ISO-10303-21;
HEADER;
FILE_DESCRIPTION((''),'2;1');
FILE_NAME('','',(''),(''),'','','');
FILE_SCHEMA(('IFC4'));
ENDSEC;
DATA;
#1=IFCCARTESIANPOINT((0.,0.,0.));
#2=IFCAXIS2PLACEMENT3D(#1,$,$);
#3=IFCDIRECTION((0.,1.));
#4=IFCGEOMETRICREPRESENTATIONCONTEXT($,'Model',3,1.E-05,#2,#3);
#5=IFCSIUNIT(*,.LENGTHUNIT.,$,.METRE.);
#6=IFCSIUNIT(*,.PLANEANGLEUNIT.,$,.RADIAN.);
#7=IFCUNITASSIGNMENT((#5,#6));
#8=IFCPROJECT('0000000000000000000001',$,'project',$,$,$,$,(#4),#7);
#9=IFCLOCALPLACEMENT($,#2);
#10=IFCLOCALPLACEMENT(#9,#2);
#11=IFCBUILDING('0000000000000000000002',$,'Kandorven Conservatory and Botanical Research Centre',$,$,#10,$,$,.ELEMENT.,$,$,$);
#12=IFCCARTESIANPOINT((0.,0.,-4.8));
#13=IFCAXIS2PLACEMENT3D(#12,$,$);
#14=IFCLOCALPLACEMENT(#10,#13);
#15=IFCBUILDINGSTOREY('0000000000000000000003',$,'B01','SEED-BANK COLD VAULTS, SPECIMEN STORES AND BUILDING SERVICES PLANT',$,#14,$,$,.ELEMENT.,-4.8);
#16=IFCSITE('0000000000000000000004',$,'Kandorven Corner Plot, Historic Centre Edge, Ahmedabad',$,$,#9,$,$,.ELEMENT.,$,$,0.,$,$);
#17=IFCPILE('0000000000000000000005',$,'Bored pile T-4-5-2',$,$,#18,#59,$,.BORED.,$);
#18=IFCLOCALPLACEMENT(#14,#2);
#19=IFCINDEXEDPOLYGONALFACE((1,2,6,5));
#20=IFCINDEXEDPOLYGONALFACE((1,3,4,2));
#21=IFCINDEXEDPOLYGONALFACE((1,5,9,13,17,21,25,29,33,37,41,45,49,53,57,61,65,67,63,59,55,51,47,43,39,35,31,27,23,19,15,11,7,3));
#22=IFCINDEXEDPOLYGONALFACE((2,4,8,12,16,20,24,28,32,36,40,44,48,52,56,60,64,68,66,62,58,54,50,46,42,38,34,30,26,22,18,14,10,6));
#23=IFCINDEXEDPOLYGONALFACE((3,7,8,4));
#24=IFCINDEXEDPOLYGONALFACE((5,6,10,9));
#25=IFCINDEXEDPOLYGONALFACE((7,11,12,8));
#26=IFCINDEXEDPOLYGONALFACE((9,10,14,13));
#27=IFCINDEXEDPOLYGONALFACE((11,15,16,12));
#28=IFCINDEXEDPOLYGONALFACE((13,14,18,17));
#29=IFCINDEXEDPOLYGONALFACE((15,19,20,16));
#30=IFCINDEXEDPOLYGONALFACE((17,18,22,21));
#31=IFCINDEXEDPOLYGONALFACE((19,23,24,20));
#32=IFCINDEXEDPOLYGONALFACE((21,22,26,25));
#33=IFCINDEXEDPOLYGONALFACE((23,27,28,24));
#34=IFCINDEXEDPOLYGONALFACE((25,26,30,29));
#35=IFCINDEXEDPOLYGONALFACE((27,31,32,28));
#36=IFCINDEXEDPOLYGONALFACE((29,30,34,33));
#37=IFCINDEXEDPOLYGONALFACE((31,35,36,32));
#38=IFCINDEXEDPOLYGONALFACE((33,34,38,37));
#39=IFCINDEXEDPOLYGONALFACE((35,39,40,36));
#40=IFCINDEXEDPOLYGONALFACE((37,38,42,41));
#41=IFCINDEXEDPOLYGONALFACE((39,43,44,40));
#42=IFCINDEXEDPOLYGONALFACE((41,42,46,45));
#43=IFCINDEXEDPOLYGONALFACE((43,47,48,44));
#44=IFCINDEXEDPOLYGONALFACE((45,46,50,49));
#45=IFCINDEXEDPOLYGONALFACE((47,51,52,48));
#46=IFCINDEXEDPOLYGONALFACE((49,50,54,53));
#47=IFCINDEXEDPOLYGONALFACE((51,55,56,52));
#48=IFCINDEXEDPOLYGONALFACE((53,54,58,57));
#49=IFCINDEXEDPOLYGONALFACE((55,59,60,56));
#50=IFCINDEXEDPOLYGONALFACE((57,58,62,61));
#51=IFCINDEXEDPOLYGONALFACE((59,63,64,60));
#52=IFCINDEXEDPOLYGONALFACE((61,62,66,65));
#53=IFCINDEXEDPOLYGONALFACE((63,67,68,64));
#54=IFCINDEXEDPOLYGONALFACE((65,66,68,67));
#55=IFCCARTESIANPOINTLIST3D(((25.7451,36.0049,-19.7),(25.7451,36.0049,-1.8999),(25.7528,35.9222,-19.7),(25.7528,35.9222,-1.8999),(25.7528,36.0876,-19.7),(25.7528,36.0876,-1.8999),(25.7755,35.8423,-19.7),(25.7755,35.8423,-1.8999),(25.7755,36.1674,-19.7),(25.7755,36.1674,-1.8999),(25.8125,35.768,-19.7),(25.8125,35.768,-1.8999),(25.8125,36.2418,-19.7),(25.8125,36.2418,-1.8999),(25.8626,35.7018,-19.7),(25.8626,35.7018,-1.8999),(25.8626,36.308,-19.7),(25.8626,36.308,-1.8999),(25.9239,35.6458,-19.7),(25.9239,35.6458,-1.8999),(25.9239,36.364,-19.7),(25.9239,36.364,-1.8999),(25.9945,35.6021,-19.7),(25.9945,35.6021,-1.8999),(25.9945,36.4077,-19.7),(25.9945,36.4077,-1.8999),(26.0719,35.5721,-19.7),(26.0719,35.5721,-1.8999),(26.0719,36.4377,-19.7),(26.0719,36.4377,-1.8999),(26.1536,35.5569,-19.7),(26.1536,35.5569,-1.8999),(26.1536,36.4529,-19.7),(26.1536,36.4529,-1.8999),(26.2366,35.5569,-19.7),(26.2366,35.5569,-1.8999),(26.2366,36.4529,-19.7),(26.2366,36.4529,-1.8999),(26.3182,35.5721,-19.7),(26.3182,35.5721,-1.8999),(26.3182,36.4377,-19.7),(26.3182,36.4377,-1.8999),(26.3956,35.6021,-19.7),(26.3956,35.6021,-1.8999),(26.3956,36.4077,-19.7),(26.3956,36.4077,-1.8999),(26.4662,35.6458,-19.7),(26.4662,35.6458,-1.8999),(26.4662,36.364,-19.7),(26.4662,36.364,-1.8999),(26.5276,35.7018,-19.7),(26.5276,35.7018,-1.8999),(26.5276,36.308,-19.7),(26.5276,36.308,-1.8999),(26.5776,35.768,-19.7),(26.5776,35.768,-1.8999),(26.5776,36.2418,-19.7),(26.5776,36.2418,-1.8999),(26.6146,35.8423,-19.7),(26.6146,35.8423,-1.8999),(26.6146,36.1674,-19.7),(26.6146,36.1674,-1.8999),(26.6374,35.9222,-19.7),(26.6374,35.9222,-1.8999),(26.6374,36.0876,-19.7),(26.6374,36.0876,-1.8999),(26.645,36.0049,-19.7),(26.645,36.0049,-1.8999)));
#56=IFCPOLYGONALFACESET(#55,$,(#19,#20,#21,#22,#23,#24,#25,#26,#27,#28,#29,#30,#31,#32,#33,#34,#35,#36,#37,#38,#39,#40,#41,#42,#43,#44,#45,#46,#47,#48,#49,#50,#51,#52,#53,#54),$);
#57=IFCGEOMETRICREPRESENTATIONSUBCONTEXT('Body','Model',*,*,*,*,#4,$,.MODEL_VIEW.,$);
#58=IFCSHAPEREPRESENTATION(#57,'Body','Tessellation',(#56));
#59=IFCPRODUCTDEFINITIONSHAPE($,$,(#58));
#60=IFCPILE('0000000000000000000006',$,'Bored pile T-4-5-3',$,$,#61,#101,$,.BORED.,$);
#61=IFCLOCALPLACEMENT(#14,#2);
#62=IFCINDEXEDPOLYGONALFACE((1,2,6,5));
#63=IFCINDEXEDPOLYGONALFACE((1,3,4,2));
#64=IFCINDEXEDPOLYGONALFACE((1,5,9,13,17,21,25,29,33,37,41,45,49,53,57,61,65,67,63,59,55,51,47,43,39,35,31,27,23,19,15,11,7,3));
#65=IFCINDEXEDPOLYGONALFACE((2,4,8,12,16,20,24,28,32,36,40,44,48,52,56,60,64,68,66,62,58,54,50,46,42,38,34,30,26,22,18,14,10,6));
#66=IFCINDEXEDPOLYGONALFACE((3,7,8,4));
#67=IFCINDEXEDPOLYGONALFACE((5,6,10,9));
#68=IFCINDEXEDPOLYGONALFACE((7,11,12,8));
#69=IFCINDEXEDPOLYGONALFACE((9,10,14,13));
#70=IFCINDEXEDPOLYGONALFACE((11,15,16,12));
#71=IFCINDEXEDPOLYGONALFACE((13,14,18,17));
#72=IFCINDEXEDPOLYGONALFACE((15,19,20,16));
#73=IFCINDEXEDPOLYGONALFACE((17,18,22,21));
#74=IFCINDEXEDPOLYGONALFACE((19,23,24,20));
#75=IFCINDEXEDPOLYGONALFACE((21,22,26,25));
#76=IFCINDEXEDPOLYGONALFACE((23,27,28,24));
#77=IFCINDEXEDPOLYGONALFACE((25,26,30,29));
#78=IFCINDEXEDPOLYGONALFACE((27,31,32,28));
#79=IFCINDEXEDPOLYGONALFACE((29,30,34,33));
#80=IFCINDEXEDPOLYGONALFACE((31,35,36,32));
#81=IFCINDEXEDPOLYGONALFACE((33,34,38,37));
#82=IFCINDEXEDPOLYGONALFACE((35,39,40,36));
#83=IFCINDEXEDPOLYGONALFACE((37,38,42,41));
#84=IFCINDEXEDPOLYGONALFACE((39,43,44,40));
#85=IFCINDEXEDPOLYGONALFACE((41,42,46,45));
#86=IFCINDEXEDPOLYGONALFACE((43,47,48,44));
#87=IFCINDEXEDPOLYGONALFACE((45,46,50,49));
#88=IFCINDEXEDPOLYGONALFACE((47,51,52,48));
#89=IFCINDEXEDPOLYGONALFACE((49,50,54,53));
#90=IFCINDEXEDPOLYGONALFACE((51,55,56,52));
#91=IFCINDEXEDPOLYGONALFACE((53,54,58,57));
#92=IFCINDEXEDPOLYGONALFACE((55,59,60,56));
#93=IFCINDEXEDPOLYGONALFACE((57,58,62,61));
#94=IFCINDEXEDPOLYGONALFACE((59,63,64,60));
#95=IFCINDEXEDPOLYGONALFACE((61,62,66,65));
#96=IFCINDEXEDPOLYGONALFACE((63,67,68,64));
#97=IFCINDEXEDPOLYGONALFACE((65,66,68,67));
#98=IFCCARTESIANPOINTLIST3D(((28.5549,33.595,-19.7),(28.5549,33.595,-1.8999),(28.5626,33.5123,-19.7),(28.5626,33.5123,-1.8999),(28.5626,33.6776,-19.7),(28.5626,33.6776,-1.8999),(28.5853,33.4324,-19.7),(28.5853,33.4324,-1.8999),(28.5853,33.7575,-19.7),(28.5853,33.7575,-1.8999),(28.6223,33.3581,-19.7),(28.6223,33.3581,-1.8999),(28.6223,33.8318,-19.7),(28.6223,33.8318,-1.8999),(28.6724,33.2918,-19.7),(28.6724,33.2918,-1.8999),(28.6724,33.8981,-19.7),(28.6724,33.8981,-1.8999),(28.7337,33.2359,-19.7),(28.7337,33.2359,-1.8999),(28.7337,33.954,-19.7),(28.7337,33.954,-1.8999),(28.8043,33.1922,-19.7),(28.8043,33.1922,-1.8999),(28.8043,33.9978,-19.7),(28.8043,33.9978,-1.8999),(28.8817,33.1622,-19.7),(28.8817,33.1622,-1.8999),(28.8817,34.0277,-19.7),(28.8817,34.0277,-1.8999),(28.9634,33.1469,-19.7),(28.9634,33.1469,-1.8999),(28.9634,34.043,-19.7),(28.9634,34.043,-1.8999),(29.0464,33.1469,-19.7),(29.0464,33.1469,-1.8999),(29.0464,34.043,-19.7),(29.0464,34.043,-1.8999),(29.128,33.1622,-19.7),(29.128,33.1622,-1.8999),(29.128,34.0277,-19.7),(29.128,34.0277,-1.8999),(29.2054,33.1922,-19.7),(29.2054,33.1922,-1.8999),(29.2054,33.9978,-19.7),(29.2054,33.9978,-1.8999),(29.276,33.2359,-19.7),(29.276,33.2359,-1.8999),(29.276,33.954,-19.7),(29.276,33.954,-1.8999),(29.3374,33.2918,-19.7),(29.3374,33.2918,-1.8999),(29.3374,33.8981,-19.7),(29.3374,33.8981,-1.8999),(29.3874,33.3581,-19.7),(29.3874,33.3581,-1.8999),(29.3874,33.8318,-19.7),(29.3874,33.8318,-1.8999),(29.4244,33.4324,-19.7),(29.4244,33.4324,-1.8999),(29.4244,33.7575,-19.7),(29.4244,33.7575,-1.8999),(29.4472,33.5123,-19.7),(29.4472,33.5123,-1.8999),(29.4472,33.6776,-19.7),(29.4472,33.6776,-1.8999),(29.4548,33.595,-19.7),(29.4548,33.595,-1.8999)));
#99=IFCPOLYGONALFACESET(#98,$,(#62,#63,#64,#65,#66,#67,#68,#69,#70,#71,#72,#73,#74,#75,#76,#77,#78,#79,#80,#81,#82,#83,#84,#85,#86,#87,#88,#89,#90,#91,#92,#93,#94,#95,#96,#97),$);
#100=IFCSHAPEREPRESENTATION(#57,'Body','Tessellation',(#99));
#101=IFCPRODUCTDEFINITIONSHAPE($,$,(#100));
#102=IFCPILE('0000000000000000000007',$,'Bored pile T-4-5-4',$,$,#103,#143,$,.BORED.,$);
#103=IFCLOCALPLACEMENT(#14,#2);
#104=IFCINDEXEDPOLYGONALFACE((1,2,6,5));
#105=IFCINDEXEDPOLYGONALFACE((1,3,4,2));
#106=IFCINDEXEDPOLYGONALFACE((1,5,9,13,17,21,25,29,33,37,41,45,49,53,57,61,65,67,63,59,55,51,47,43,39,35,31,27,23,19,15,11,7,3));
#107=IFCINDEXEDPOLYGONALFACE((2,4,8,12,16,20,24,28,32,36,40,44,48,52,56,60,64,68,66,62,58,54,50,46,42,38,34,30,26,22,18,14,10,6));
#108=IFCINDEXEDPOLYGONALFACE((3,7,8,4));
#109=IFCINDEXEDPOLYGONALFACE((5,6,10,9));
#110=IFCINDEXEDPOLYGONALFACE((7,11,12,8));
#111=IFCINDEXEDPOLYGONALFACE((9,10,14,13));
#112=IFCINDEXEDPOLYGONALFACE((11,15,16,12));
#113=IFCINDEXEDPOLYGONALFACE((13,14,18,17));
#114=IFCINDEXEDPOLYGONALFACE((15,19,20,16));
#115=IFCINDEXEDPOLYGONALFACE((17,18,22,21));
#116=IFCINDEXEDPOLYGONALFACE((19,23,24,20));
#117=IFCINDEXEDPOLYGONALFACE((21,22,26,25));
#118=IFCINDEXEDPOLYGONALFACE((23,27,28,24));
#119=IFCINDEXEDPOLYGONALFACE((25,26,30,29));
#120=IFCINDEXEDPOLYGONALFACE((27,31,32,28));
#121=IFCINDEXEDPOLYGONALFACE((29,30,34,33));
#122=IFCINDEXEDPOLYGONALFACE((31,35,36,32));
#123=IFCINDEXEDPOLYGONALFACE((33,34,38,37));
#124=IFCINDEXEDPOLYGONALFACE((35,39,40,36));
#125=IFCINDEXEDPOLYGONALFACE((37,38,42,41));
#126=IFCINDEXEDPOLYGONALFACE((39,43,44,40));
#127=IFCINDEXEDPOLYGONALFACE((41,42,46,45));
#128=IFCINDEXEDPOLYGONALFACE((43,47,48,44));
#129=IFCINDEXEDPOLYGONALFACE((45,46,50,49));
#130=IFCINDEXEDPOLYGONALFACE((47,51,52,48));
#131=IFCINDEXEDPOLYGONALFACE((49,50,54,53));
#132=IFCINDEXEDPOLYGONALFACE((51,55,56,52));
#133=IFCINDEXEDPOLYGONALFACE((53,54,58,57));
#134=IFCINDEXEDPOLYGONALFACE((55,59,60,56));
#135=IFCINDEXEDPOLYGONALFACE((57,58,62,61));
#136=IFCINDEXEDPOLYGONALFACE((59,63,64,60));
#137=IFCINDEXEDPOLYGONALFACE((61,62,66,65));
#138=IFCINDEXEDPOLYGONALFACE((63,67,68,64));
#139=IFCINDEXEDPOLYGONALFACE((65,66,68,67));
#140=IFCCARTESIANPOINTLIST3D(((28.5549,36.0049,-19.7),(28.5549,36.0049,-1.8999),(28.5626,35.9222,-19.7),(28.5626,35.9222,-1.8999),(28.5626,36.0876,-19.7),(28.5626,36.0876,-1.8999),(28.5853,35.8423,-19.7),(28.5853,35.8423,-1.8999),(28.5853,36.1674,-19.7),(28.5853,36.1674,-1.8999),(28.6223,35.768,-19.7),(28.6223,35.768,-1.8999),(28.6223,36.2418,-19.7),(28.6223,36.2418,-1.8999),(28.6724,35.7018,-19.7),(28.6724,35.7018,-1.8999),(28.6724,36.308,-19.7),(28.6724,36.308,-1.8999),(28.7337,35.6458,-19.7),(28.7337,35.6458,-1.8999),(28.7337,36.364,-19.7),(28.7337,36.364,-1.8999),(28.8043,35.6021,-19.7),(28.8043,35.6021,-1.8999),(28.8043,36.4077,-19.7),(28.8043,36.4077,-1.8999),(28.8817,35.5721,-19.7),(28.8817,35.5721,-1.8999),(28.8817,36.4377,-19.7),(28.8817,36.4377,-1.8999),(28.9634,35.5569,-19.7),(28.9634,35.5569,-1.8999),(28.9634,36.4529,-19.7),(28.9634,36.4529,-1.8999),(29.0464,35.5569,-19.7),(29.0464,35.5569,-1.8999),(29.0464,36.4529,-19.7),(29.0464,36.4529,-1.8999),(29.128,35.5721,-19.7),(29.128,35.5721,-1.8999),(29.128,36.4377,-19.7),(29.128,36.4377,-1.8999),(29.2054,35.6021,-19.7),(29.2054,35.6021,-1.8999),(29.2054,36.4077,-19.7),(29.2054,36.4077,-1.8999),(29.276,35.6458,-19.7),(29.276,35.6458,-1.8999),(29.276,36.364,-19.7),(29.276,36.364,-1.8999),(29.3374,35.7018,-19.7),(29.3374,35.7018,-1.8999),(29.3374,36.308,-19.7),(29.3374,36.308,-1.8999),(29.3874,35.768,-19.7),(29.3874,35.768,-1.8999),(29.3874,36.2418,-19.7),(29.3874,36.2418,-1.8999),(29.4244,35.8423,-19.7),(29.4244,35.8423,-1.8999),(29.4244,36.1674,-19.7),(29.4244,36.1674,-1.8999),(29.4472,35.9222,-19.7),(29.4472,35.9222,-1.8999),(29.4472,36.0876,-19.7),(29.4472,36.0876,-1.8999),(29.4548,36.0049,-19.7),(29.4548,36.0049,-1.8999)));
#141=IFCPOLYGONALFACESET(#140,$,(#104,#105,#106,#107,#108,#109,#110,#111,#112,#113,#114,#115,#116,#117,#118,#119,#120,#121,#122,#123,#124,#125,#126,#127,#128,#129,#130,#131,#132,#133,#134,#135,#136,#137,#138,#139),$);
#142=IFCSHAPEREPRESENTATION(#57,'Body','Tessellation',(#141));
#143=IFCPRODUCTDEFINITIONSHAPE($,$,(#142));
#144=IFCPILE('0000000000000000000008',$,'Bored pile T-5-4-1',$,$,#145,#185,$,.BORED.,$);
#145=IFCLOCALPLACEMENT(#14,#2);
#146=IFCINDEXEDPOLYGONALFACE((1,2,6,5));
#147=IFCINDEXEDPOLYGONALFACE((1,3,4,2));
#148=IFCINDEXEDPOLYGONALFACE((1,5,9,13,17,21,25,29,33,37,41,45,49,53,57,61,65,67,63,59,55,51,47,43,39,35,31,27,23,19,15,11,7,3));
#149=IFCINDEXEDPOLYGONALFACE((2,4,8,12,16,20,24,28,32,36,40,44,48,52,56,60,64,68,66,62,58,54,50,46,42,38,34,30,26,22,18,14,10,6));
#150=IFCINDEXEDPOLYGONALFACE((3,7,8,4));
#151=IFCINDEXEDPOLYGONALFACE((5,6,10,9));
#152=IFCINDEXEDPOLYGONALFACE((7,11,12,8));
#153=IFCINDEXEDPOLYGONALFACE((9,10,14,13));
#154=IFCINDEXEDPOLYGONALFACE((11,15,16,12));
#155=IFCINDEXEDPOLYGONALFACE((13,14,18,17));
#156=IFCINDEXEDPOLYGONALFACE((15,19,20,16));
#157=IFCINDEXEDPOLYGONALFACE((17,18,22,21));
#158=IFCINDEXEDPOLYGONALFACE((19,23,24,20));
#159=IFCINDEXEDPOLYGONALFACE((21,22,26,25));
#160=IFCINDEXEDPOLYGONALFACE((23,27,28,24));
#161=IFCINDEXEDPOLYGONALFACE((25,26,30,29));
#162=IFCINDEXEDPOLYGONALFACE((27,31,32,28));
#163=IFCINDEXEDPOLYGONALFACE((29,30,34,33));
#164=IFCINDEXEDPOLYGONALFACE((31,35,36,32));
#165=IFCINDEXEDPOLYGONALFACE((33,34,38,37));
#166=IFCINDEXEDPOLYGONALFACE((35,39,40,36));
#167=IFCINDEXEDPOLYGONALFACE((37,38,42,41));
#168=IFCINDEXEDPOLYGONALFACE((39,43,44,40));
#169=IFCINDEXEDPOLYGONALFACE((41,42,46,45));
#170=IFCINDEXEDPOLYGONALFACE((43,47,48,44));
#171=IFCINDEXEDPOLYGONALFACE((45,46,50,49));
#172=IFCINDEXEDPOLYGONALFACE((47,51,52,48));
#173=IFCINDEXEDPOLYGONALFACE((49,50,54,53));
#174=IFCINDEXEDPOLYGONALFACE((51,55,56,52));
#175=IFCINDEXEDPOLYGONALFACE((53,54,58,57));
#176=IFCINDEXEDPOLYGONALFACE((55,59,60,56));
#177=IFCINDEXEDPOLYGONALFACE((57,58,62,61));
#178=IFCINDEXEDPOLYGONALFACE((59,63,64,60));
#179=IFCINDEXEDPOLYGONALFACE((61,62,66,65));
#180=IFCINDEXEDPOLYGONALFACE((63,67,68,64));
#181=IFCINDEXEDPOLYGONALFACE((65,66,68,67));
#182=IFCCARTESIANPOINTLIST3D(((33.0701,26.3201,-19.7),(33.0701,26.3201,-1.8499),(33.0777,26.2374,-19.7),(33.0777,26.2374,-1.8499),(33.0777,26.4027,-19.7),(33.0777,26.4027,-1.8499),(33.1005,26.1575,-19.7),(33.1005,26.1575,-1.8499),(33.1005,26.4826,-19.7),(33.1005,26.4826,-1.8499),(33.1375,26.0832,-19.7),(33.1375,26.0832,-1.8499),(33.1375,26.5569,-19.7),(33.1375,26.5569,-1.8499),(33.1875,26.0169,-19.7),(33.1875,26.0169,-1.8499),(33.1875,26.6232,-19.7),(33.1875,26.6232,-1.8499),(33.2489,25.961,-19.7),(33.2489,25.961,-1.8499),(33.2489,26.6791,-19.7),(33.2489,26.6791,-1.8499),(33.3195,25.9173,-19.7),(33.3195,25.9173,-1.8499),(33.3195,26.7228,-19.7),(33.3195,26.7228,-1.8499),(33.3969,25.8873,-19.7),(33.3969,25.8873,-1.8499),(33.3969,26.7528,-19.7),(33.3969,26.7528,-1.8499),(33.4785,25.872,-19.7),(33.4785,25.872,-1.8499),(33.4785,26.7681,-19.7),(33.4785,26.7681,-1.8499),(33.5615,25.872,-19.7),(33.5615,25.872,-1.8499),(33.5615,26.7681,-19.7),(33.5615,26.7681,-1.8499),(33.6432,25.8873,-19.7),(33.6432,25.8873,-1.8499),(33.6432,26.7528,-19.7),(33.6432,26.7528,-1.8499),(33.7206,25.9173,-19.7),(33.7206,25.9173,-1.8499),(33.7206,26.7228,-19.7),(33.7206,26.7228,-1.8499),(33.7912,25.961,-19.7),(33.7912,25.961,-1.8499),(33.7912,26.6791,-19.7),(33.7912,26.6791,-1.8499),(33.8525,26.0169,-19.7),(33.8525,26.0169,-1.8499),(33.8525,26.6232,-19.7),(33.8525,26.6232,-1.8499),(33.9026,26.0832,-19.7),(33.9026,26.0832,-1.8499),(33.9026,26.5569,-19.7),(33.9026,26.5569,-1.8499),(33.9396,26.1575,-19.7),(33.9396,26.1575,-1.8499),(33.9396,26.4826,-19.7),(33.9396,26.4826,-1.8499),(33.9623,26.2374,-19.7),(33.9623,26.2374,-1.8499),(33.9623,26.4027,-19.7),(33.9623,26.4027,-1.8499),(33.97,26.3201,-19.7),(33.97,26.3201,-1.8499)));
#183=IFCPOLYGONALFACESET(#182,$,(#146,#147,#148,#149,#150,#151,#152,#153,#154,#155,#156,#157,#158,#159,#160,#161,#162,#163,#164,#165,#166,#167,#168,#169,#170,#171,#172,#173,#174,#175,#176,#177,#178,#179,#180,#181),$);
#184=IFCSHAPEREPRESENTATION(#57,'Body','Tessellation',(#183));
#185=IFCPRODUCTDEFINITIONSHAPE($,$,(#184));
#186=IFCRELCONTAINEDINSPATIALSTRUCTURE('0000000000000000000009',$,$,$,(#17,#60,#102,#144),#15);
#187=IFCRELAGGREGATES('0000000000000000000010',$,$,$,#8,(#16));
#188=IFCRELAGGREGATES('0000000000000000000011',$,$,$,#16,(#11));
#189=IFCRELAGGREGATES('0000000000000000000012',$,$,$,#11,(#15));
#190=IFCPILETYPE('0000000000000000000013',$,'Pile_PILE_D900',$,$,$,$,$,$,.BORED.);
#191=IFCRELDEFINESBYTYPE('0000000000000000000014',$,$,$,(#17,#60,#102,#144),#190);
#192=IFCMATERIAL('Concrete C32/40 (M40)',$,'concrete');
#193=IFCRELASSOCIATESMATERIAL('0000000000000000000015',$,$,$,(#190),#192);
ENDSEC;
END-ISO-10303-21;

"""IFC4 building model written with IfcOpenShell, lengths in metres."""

from ifc_helpers import new_model, si_unit, direction, frame, origin, origin_2d, place, context, subcontext, project, spatial, circle, extrude, material, material_profile, profile_set, type_object, element, save


model = new_model("IFC4")

# Units and contexts
model_context = context("Model", 3, precision=1e-05, world=origin(), true_north=direction((0.0, 1.0)))
body_context = subcontext(model_context, "Body", "Model", "MODEL_VIEW")
ifc_project = project(units=[si_unit("LENGTHUNIT", "METRE"), si_unit("PLANEANGLEUNIT", "RADIAN")], contexts=[model_context])

# Site, building, storey
site_placement = place(None, origin())
site = spatial("IfcSite", under=ifc_project, at=site_placement, Name="Kandorven Corner Plot, Historic Centre Edge, Ahmedabad", CompositionType="ELEMENT", RefElevation=0.0)
building_placement = place(site_placement, origin())
building = spatial("IfcBuilding", under=site, at=building_placement, Name="Kandorven Conservatory and Botanical Research Centre", CompositionType="ELEMENT")
storey_placement = place(building_placement, frame((0.0, 0.0, -4.8)))
storey = spatial("IfcBuildingStorey", under=building, at=storey_placement, Name="B01", Description="SEED-BANK COLD VAULTS, SPECIMEN STORES AND BUILDING SERVICES PLANT", CompositionType="ELEMENT", Elevation=-4.8)

# Piles
ifc_material_1 = material(Name="Concrete C32/40 (M40)", Category="concrete")
ifc_material_profile_1 = material_profile(ifc_material_1, circle(Radius=0.45, at=origin_2d()))
ifc_profile_set_1 = profile_set([ifc_material_profile_1], Name="Concrete C32/40 (M40)")
pile_type = type_object("IfcPileType", Name="Pile_PILE_D900", PredefinedType="BORED", material=ifc_profile_set_1)
for number, where, z_axis, x_axis, name in (
    (1, (26.1951, 36.0049, -1.8999), (0.0, 0.0, -1.0), (1.0, 0.0, 0.0), "Bored pile T-4-5-2"),
    (2, (29.0049, 33.595, -1.8999), (0.0, 0.0, -1.0), (1.0, 0.0, 0.0), "Bored pile T-4-5-3"),
    (3, (29.0049, 36.0049, -1.8999), (0.0, 0.0, -1.0), (1.0, 0.0, 0.0), "Bored pile T-4-5-4"),
):
    element("IfcPile", number, at=place(storey_placement, frame(where, z_axis=z_axis, x_axis=x_axis)), inside=storey, type_object=pile_type, Name=name, PredefinedType="BORED", context=body_context, shape_type="SweptSolid", body=[
        extrude(circle(Radius=0.45, at=origin_2d()), origin(), (0.0, 0.0, 1.0), 17.8),
    ])
for number, where, z_axis, x_axis, name in (
    (4, (33.52, 26.3201, -1.8499), (0.0, 0.0, -1.0), (1.0, 0.0, 0.0), "Bored pile T-5-4-1"),
):
    element("IfcPile", number, at=place(storey_placement, frame(where, z_axis=z_axis, x_axis=x_axis)), inside=storey, type_object=pile_type, Name=name, PredefinedType="BORED", context=body_context, shape_type="SweptSolid", body=[
        extrude(circle(Radius=0.45, at=origin_2d()), origin(), (0.0, 0.0, 1.0), 17.8501),
    ])

save(model, "model.ifc")
